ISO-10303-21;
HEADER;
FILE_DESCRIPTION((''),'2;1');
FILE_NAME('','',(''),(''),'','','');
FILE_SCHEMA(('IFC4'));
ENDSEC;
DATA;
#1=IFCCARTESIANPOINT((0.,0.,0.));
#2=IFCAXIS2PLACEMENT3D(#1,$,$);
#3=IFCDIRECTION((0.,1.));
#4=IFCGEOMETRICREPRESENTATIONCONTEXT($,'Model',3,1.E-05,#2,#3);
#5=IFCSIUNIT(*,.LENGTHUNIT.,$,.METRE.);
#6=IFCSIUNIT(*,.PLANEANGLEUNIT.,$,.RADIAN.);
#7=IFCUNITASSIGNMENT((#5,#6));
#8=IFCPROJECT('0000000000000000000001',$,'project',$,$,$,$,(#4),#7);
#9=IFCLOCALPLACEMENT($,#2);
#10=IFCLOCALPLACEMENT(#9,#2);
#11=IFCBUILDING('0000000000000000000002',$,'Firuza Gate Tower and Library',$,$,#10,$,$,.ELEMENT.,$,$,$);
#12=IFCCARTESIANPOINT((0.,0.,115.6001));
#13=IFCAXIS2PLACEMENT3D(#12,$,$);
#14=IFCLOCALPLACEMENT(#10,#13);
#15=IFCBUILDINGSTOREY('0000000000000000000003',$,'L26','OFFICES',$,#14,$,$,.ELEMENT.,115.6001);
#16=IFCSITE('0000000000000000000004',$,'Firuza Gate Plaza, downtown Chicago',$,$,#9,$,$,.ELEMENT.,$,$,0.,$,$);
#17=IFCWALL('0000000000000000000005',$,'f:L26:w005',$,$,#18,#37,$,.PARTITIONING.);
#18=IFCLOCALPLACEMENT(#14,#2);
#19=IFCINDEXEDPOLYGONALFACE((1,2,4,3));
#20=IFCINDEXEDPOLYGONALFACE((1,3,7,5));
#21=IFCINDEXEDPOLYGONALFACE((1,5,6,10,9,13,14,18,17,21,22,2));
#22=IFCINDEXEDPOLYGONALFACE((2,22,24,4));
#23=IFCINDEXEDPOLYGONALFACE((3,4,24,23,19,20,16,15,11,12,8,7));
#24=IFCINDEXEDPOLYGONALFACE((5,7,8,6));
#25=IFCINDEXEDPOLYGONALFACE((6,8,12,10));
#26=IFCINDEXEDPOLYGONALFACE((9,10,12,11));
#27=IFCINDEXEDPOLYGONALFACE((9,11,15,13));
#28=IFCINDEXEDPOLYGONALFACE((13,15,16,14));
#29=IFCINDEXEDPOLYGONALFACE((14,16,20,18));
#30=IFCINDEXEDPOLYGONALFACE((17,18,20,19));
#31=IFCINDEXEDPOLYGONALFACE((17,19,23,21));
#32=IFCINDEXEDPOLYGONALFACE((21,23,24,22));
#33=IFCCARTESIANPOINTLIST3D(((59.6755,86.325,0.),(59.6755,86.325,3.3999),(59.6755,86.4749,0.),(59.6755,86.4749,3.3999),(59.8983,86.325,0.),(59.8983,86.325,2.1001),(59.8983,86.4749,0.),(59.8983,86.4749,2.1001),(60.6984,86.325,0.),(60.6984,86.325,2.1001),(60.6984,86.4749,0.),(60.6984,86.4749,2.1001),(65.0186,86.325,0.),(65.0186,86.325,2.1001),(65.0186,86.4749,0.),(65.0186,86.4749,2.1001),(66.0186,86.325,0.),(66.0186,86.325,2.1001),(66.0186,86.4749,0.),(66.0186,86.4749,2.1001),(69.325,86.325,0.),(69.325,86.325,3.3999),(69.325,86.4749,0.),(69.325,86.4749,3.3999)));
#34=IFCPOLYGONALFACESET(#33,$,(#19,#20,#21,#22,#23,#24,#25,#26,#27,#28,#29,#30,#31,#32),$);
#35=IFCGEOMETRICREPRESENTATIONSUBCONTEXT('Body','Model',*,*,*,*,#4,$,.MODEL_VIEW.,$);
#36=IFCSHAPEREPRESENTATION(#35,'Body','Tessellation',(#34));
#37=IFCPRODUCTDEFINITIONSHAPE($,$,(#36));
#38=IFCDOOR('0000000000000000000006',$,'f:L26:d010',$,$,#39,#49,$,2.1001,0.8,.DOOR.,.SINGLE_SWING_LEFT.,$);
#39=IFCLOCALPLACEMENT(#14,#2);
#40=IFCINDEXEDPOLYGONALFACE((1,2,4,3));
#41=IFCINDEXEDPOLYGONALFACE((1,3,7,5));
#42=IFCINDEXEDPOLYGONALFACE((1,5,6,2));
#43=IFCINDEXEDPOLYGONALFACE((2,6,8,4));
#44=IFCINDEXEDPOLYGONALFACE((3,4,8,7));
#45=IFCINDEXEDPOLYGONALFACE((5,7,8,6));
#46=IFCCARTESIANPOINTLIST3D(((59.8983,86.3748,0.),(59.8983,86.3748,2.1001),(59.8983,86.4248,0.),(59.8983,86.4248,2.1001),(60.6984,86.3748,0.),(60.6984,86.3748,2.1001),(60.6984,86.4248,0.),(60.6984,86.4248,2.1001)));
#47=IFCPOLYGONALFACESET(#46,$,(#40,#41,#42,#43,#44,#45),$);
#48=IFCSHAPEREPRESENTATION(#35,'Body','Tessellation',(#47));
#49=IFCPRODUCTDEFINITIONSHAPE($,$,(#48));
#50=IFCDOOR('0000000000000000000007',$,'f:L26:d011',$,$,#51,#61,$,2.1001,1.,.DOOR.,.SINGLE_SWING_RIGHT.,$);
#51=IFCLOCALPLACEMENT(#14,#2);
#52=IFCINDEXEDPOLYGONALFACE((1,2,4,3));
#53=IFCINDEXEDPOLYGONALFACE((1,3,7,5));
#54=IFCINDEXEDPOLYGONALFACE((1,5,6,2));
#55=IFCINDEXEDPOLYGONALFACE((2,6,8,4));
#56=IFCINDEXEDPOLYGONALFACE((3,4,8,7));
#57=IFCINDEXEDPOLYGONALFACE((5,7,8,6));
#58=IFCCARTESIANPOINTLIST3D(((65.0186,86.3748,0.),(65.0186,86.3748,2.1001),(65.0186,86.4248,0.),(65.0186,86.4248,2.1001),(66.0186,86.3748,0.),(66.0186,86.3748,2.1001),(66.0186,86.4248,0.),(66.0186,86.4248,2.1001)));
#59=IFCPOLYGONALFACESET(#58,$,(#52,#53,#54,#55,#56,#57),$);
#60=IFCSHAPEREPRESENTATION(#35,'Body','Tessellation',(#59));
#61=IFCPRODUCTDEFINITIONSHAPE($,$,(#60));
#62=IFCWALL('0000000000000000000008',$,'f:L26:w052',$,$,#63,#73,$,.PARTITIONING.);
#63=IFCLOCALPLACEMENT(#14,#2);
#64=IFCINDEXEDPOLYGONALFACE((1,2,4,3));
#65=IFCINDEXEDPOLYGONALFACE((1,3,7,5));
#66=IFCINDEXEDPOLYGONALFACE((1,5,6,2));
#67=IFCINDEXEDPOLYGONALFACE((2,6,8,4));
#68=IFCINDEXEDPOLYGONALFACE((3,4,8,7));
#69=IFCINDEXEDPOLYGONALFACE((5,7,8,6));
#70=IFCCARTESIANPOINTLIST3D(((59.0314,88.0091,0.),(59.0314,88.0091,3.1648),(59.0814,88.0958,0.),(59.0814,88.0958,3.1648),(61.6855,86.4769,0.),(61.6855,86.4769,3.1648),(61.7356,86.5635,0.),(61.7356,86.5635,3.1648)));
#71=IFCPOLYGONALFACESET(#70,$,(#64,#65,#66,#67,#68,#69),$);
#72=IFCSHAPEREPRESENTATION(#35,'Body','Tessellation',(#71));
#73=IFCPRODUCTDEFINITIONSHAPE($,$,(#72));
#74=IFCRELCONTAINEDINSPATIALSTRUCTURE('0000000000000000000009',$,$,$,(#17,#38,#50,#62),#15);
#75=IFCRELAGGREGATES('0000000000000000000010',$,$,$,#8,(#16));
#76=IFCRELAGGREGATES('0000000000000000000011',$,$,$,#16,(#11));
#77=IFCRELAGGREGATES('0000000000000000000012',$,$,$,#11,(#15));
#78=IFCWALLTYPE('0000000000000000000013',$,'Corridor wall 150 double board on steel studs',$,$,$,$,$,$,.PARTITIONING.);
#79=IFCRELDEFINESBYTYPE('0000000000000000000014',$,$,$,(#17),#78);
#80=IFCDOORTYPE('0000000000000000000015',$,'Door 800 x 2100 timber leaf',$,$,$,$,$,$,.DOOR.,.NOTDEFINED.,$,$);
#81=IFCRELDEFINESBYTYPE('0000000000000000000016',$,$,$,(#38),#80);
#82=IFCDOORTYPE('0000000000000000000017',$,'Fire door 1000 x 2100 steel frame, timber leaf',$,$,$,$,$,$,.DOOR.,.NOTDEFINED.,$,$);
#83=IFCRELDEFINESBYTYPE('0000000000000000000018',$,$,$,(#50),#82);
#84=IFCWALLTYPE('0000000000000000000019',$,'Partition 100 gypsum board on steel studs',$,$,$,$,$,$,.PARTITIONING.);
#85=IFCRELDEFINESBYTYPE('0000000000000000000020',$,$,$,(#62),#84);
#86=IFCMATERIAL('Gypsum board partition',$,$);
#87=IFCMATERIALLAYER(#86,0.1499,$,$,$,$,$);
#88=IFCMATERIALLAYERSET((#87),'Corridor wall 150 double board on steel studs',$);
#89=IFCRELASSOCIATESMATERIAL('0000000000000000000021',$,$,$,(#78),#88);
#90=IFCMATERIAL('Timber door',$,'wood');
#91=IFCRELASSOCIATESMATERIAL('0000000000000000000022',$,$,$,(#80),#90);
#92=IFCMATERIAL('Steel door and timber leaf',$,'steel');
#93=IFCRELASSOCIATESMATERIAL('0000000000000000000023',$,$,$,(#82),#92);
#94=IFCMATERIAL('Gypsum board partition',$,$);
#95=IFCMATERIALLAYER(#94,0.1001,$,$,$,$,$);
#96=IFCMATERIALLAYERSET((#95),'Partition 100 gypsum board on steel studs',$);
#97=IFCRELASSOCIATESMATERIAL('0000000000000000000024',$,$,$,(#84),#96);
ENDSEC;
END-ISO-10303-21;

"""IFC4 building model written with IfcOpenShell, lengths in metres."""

from ifc_helpers import new_model, si_unit, direction, frame, frame_2d, origin, place, context, subcontext, project, spatial, rectangle, extrude, material, layer, layer_set, type_object, element, fill, save


model = new_model("IFC4")

# Units and contexts
model_context = context("Model", 3, precision=1e-05, world=origin(), true_north=direction((0.0, 1.0)))
body_context = subcontext(model_context, "Body", "Model", "MODEL_VIEW")
ifc_project = project(units=[si_unit("LENGTHUNIT", "METRE"), si_unit("PLANEANGLEUNIT", "RADIAN")], contexts=[model_context])

# Site, building, storey
site_placement = place(None, origin())
site = spatial("IfcSite", under=ifc_project, at=site_placement, Name="Firuza Gate Plaza, downtown Chicago", CompositionType="ELEMENT", RefElevation=0.0)
building_placement = place(site_placement, origin())
building = spatial("IfcBuilding", under=site, at=building_placement, Name="Firuza Gate Tower and Library", CompositionType="ELEMENT")
storey_placement = place(building_placement, frame((0.0, 0.0, 115.6001)))
storey = spatial("IfcBuildingStorey", under=building, at=storey_placement, Name="L26", Description="OFFICES", CompositionType="ELEMENT", Elevation=115.6001)

# Wall, openings, doors
ifc_material_1 = material(Name="Gypsum board partition")
ifc_layer_1 = layer(ifc_material_1, 0.1499)
ifc_layer_set_1 = layer_set([ifc_layer_1], Name="Corridor wall 150 double board on steel studs")
wall_type_1 = type_object("IfcWallType", Name="Corridor wall 150 double board on steel studs", PredefinedType="PARTITIONING", material=ifc_layer_set_1)
wall_1_placement = place(storey_placement, frame((59.6755, 86.3999, 0.0), z_axis=(0.0, 0.0, 1.0), x_axis=(1.0, 0.0, 0.0)))
wall_1 = element("IfcWall", 1, at=wall_1_placement, inside=storey, type_object=wall_type_1, Name="f:L26:w005", PredefinedType="PARTITIONING", context=body_context, shape_type="SweptSolid", body=[
    extrude(rectangle(XDim=9.6494, YDim=0.1499, at=frame_2d((4.8247, 0.0))), origin(), (0.0, 0.0, 1.0), 3.3999),
])
opening_1_placement = place(wall_1_placement, frame((0.2229, 0.0, 0.0)))
opening_1 = element("IfcOpeningElement", 2, at=opening_1_placement, cuts=wall_1, PredefinedType="OPENING", context=body_context, shape_type="SweptSolid", body=[
    extrude(rectangle(XDim=0.8, YDim=2.1001, at=frame_2d((0.3999, 1.05))), frame((0.0, 0.085, 0.0), z_axis=(0.0, -1.0, 0.0), x_axis=(1.0, 0.0, 0.0)), (0.0, 0.0, 1.0), 0.1699),
])
opening_2_placement = place(wall_1_placement, frame((5.343, 0.0, 0.0)))
opening_2 = element("IfcOpeningElement", 3, at=opening_2_placement, cuts=wall_1, PredefinedType="OPENING", context=body_context, shape_type="SweptSolid", body=[
    extrude(rectangle(XDim=1.0, YDim=2.1001, at=frame_2d((0.5, 1.05))), frame((0.0, 0.085, 0.0), z_axis=(0.0, -1.0, 0.0), x_axis=(1.0, 0.0, 0.0)), (0.0, 0.0, 1.0), 0.1699),
])
ifc_material_2 = material(Name="Timber door", Category="wood")
door_type_1 = type_object("IfcDoorType", Name="Door 800 x 2100 timber leaf", OperationType="NOTDEFINED", PredefinedType="DOOR", material=ifc_material_2)
door_1_placement = place(opening_1_placement, origin())
door_1 = element("IfcDoor", 4, at=door_1_placement, inside=storey, type_object=door_type_1, Name="f:L26:d010", OperationType="SINGLE_SWING_LEFT", OverallHeight=2.1001, OverallWidth=0.8, PredefinedType="DOOR", context=body_context, shape_type="SweptSolid", body=[
    extrude(rectangle(XDim=0.8, YDim=2.1001, at=frame_2d((0.3999, 1.05))), frame((0.0, 0.0249, 0.0), z_axis=(0.0, -1.0, 0.0), x_axis=(1.0, 0.0, 0.0)), (0.0, 0.0, 1.0), 0.05),
])
fill(opening_1, door_1)
ifc_material_3 = material(Name="Steel door and timber leaf", Category="steel")
door_type_2 = type_object("IfcDoorType", Name="Fire door 1000 x 2100 steel frame, timber leaf", OperationType="NOTDEFINED", PredefinedType="DOOR", material=ifc_material_3)
door_2_placement = place(opening_2_placement, origin())
door_2 = element("IfcDoor", 5, at=door_2_placement, inside=storey, type_object=door_type_2, Name="f:L26:d011", OperationType="SINGLE_SWING_RIGHT", OverallHeight=2.1001, OverallWidth=1.0, PredefinedType="DOOR", context=body_context, shape_type="SweptSolid", body=[
    extrude(rectangle(XDim=1.0, YDim=2.1001, at=frame_2d((0.5, 1.05))), frame((0.0, 0.0249, 0.0), z_axis=(0.0, -1.0, 0.0), x_axis=(1.0, 0.0, 0.0)), (0.0, 0.0, 1.0), 0.05),
])
fill(opening_2, door_2)

# Wall
ifc_material_4 = material(Name="Gypsum board partition")
ifc_layer_2 = layer(ifc_material_4, 0.1001)
ifc_layer_set_2 = layer_set([ifc_layer_2], Name="Partition 100 gypsum board on steel studs")
wall_type_2 = type_object("IfcWallType", Name="Partition 100 gypsum board on steel studs", PredefinedType="PARTITIONING", material=ifc_layer_set_2)
wall_2_placement = place(storey_placement, frame((61.7104, 86.5203, 0.0), z_axis=(0.0, 0.0, 1.0), x_axis=(-0.866038, 0.499978, 0.0)))
element("IfcWall", 6, at=wall_2_placement, inside=storey, type_object=wall_type_2, Name="f:L26:w052", PredefinedType="PARTITIONING", context=body_context, shape_type="SweptSolid", body=[
    extrude(rectangle(XDim=3.0647, YDim=0.1001, at=frame_2d((1.5322, 0.0))), origin(), (0.0, 0.0, 1.0), 3.1648),
])

save(model, "model.ifc")
